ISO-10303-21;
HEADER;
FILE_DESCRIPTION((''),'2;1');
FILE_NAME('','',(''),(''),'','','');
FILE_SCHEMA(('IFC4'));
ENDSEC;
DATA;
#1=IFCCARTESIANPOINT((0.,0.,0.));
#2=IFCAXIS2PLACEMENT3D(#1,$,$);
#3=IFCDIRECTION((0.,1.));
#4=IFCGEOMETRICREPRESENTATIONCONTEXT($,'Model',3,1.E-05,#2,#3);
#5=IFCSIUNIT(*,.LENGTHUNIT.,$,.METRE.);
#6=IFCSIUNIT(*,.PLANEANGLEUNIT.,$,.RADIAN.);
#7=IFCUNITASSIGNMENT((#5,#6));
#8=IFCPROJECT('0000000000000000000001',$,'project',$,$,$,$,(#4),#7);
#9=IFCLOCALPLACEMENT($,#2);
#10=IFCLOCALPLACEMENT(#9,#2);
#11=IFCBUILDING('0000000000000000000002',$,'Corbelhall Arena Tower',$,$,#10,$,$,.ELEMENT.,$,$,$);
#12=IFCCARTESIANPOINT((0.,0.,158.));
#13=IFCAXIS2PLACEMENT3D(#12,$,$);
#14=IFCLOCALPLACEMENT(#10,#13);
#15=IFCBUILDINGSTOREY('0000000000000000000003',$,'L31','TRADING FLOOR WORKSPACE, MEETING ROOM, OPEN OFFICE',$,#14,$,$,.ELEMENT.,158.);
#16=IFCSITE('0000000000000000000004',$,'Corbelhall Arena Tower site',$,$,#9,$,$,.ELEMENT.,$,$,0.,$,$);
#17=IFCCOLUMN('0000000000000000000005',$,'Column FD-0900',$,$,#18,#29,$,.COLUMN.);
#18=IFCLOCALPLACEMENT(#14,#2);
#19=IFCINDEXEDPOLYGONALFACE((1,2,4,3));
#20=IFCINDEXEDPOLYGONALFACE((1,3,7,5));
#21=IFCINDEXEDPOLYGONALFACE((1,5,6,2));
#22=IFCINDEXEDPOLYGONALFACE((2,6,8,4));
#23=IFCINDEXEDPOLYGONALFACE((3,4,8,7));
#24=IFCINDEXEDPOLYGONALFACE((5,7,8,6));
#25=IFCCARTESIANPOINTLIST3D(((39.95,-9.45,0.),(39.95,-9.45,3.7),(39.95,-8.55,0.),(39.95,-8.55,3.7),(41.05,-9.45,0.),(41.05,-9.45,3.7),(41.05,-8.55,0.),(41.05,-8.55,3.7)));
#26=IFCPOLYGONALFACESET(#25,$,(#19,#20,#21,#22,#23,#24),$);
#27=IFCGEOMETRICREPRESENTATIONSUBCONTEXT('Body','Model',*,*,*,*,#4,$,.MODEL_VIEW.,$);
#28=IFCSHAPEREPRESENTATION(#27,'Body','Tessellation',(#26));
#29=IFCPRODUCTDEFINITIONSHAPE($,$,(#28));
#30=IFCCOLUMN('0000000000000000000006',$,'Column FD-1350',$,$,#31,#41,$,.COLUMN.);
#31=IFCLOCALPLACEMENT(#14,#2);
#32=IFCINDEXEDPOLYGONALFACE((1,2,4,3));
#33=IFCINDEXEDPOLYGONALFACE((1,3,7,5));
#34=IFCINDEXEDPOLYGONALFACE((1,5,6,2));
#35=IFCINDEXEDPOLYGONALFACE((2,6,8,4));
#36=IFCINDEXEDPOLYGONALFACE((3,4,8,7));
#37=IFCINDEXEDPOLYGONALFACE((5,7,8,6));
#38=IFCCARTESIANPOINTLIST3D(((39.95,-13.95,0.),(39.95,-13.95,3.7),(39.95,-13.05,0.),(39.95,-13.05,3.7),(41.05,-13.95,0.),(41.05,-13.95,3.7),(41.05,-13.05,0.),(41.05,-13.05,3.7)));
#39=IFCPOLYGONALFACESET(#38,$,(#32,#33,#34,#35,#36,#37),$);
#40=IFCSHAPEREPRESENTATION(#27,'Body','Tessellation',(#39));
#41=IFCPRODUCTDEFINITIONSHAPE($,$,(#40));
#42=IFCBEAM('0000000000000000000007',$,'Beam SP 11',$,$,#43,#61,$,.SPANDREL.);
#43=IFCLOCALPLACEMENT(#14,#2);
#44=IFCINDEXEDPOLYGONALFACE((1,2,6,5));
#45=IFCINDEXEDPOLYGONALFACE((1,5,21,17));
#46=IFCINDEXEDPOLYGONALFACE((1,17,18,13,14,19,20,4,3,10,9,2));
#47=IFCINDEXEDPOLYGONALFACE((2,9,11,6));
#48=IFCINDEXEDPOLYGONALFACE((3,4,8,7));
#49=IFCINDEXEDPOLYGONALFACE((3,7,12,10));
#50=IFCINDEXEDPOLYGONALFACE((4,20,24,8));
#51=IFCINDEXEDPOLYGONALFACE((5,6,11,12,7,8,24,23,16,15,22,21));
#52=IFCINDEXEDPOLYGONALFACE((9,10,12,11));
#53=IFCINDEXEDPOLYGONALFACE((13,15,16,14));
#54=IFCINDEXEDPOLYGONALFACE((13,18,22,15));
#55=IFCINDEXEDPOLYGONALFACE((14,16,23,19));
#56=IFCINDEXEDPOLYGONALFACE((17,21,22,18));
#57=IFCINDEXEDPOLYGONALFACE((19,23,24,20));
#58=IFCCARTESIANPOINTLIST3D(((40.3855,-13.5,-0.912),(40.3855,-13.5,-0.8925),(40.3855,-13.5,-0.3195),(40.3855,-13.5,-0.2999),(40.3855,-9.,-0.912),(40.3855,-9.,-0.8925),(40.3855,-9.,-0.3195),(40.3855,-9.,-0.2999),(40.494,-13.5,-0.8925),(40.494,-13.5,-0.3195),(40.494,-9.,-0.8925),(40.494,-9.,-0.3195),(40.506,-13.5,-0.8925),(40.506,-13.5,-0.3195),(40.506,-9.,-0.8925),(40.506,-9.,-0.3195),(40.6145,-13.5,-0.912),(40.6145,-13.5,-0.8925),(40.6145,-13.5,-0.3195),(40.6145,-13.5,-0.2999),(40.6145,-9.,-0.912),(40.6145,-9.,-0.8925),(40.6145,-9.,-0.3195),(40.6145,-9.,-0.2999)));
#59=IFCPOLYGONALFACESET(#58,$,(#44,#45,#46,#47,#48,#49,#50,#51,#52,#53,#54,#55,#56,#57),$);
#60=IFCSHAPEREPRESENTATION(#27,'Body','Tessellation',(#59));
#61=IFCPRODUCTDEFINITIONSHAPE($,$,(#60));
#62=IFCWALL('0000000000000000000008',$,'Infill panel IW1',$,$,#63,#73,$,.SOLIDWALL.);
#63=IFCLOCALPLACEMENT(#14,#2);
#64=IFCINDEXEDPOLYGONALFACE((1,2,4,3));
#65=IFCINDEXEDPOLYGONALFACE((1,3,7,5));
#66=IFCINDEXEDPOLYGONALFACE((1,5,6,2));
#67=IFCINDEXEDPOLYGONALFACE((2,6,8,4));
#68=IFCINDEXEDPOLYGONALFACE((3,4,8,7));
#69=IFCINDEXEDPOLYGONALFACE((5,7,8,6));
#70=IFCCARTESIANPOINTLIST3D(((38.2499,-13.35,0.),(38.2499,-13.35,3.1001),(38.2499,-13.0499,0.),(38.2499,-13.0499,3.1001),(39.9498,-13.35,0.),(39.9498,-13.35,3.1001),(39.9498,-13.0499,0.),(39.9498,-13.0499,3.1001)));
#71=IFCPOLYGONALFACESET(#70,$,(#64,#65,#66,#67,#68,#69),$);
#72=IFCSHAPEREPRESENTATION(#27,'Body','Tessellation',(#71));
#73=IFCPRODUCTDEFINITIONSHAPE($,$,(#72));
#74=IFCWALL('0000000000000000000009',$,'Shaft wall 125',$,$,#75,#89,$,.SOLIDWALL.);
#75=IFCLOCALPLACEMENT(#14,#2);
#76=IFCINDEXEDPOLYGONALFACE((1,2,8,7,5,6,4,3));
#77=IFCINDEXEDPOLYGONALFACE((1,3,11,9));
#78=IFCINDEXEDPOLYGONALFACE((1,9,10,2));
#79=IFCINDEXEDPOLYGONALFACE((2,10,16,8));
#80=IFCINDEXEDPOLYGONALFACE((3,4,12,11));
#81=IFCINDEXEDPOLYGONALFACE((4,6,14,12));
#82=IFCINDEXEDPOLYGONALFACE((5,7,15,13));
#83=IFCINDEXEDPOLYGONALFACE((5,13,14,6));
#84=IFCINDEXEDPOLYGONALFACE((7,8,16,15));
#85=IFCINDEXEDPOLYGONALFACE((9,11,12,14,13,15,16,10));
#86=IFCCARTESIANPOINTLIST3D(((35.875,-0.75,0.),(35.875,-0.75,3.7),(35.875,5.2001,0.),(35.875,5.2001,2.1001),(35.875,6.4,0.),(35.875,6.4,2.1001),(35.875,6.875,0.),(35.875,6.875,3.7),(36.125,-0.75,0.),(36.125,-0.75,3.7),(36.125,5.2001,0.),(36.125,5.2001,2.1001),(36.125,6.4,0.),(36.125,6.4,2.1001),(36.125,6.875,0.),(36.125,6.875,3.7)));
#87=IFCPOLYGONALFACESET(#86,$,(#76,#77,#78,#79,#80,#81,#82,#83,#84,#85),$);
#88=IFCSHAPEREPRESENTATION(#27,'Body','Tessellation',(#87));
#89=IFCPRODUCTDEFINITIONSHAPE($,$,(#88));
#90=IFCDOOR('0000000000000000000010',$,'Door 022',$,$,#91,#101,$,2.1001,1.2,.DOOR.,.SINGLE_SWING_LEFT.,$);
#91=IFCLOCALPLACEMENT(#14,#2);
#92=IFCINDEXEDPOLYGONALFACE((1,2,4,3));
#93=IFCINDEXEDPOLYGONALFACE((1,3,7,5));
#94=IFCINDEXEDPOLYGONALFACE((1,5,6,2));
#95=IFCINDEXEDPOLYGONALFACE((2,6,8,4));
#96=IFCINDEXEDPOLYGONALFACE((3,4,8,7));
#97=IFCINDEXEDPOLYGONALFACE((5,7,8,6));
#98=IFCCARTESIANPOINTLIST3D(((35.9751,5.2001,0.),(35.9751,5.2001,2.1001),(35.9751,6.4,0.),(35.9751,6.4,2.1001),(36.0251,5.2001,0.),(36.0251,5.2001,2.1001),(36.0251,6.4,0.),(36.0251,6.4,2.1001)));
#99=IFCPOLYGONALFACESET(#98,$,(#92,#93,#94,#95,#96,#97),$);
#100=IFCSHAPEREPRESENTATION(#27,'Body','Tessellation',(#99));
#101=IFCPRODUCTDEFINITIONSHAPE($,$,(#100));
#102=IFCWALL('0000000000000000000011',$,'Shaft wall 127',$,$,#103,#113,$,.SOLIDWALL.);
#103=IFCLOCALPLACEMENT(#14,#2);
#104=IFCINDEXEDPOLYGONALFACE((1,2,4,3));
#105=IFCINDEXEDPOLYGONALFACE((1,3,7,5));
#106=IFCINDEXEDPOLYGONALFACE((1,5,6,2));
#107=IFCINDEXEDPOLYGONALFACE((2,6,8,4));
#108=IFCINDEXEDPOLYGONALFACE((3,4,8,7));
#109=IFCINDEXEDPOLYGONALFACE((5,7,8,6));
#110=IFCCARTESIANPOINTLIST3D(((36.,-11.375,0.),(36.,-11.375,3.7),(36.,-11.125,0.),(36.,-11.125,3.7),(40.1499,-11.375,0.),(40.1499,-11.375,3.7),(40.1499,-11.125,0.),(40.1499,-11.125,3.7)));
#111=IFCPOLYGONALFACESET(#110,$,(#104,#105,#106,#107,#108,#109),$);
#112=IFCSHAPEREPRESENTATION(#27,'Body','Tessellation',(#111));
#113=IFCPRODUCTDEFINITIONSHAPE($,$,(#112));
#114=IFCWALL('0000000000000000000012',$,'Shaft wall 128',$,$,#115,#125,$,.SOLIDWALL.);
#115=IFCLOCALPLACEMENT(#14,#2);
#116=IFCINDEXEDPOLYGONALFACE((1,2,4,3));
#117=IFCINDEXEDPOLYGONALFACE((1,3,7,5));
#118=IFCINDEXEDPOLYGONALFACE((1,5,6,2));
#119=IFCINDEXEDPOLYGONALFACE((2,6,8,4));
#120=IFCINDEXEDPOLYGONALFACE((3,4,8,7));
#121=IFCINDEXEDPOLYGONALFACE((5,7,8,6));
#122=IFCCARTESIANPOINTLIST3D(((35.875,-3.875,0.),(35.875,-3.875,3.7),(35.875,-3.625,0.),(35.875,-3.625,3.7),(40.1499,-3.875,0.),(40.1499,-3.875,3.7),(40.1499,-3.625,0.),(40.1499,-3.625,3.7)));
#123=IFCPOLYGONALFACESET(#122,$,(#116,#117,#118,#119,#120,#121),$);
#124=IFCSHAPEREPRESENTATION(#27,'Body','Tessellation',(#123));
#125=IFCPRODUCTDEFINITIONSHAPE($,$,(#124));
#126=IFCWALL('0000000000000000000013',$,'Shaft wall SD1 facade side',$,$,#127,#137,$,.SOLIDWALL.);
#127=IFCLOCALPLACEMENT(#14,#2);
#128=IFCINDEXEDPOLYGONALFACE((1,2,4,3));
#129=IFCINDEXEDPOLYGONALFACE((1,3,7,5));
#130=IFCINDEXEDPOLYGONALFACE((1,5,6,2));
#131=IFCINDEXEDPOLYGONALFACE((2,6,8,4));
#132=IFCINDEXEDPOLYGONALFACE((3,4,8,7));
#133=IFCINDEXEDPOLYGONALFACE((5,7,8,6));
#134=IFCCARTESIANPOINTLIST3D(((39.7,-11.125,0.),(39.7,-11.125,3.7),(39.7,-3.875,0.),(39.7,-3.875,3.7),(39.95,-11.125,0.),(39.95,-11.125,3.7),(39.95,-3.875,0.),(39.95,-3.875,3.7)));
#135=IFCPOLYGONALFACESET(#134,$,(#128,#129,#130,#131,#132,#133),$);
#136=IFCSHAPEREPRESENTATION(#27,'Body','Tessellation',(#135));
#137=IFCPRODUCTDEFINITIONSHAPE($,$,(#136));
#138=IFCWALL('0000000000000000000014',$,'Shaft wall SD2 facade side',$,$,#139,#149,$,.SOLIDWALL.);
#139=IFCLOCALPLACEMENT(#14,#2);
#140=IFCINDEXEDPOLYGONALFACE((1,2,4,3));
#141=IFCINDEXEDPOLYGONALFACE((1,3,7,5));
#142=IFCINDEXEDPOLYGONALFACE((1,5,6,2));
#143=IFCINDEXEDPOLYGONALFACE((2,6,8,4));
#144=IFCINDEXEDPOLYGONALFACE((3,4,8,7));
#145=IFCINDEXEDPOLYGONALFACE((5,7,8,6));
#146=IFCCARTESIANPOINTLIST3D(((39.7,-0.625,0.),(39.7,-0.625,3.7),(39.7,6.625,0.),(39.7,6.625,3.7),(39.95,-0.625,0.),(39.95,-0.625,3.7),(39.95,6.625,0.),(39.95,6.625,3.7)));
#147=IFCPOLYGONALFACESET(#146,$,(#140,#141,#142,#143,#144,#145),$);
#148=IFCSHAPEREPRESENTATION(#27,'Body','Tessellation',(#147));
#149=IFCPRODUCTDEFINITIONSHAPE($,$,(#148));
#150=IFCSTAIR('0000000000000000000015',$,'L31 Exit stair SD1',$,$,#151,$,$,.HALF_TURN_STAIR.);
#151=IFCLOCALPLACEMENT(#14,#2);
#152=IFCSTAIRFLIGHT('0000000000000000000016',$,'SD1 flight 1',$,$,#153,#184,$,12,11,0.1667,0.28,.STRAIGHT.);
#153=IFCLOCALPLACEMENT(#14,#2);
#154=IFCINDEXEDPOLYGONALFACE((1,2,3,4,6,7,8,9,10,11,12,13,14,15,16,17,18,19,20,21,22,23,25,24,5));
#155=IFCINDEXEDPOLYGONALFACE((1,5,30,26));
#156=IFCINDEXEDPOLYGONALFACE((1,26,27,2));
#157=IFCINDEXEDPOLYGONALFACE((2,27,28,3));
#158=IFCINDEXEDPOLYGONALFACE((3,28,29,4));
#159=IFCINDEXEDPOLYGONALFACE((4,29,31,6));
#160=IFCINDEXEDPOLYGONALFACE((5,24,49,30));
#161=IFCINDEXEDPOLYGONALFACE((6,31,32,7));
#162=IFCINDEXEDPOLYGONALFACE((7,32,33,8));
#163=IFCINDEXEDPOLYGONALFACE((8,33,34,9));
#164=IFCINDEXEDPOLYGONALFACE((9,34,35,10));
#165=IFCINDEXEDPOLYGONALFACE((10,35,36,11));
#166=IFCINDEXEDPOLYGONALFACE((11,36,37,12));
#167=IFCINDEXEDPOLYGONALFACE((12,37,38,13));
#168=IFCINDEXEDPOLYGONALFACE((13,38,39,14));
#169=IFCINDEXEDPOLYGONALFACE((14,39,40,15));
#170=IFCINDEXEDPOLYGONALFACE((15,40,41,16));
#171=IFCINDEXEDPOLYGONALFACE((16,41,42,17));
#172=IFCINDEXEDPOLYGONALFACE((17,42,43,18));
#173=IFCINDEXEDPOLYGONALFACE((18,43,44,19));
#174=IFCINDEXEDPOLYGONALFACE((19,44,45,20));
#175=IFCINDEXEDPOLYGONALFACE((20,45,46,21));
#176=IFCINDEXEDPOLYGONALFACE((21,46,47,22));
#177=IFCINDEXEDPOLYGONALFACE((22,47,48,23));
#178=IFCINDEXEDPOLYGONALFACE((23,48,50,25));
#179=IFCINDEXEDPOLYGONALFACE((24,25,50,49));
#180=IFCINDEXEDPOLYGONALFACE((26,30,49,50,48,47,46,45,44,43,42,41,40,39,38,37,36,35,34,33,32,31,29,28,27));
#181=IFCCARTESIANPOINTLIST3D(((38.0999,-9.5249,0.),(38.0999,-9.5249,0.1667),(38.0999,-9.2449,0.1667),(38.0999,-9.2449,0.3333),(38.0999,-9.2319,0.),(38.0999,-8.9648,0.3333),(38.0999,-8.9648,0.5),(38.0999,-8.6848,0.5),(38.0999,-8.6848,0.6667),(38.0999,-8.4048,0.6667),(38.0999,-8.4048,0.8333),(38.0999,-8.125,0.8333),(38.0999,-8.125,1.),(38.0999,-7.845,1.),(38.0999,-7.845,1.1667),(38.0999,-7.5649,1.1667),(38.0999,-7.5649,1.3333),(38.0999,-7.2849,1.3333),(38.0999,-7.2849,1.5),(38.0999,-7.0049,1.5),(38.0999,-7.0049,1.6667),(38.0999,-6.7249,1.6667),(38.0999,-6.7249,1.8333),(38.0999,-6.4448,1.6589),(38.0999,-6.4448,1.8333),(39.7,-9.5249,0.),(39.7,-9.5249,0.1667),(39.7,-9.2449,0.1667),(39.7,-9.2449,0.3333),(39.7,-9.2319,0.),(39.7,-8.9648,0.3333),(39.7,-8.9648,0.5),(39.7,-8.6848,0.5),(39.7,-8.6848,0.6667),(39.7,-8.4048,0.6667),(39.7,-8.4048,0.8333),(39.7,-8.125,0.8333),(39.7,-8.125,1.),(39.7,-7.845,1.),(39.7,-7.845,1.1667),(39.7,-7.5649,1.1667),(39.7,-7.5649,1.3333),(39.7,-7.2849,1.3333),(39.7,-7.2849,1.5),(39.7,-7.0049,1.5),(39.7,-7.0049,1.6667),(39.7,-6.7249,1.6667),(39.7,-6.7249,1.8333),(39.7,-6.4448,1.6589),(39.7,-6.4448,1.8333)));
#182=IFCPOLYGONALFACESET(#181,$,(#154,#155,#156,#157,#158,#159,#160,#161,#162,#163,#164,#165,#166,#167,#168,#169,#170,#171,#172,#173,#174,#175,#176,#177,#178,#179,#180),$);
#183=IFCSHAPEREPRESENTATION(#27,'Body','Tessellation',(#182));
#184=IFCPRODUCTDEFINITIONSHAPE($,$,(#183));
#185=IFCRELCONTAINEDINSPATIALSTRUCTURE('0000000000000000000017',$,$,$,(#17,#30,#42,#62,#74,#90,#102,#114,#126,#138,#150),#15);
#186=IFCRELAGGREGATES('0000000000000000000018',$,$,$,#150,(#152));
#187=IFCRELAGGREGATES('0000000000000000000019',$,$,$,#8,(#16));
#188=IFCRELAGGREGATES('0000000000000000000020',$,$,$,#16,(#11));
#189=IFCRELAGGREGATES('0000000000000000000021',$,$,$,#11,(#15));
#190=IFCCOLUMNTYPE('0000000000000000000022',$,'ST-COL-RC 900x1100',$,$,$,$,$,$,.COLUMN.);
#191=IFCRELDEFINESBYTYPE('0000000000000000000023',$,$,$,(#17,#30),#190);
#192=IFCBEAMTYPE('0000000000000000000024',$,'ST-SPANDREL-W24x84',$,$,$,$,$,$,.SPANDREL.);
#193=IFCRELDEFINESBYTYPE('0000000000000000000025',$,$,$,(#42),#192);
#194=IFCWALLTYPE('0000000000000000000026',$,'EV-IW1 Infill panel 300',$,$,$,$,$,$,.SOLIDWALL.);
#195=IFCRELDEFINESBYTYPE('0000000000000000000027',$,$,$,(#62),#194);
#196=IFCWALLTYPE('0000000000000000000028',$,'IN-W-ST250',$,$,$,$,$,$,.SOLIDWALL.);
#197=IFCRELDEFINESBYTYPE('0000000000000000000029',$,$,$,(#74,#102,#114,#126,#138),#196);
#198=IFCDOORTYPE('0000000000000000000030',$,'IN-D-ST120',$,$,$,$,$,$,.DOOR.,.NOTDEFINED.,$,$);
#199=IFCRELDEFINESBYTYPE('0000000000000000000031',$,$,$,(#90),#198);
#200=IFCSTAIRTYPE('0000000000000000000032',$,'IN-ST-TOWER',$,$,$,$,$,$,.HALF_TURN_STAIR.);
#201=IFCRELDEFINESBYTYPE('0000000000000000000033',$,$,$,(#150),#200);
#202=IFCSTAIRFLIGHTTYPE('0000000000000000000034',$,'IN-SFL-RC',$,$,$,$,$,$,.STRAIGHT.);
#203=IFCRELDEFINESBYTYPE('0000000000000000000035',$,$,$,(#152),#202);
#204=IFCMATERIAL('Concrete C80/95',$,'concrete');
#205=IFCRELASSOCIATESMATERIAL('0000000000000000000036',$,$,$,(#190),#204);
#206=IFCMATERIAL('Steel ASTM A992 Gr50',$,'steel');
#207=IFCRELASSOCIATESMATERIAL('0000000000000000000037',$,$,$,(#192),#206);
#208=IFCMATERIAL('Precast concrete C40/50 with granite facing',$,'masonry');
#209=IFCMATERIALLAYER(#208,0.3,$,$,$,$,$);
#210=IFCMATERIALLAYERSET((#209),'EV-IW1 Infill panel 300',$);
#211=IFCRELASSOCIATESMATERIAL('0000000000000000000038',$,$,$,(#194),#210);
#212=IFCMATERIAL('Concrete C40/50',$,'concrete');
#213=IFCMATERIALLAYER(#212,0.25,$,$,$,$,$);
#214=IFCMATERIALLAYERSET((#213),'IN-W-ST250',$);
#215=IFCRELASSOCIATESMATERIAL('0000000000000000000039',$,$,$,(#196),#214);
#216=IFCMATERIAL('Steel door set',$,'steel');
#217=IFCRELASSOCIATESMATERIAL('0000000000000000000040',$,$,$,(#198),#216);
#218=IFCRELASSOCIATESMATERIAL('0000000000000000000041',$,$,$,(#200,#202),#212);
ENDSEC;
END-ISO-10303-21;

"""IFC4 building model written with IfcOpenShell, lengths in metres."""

from ifc_helpers import new_model, si_unit, direction, frame, frame_2d, origin, origin_2d, place, context, subcontext, project, spatial, polyline, rectangle, i_section, outline, extrude, material, layer, layer_set, material_profile, profile_set, type_object, element, fill, aggregate, save


model = new_model("IFC4")

# Units and contexts
model_context = context("Model", 3, precision=1e-05, world=origin(), true_north=direction((0.0, 1.0)))
body_context = subcontext(model_context, "Body", "Model", "MODEL_VIEW")
ifc_project = project(units=[si_unit("LENGTHUNIT", "METRE"), si_unit("PLANEANGLEUNIT", "RADIAN")], contexts=[model_context])

# Site, building, storey
site_placement = place(None, origin())
site = spatial("IfcSite", under=ifc_project, at=site_placement, Name="Corbelhall Arena Tower site", CompositionType="ELEMENT", RefElevation=0.0)
building_placement = place(site_placement, origin())
building = spatial("IfcBuilding", under=site, at=building_placement, Name="Corbelhall Arena Tower", CompositionType="ELEMENT")
storey_placement = place(building_placement, frame((0.0, 0.0, 158.0)))
storey = spatial("IfcBuildingStorey", under=building, at=storey_placement, Name="L31", Description="TRADING FLOOR WORKSPACE, MEETING ROOM, OPEN OFFICE", CompositionType="ELEMENT", Elevation=158.0)

# Columns
ifc_material_1 = material(Name="Concrete C80/95", Category="concrete")
ifc_material_profile_1 = material_profile(ifc_material_1, rectangle(XDim=0.8999, YDim=1.1001, at=origin_2d()))
ifc_profile_set_1 = profile_set([ifc_material_profile_1], Name="Concrete C80/95")
column_type = type_object("IfcColumnType", Name="ST-COL-RC 900x1100", PredefinedType="COLUMN", material=ifc_profile_set_1)
for number, where, z_axis, x_axis, name in (
    (1, (40.5, -9.0, 0.0), (0.0, 0.0, 1.0), (0.0, 1.0, 0.0), "Column FD-0900"),
    (2, (40.5, -13.5, 0.0), (0.0, 0.0, 1.0), (0.0, 1.0, 0.0), "Column FD-1350"),
):
    element("IfcColumn", number, at=place(storey_placement, frame(where, z_axis=z_axis, x_axis=x_axis)), inside=storey, type_object=column_type, Name=name, PredefinedType="COLUMN", context=body_context, shape_type="SweptSolid", body=[
        extrude(rectangle(XDim=0.8999, YDim=1.1001, at=origin_2d()), origin(), (0.0, 0.0, 1.0), 3.7),
    ])

# Beam
ifc_material_2 = material(Name="Steel ASTM A992 Gr50", Category="steel")
ifc_material_profile_2 = material_profile(ifc_material_2, i_section(OverallWidth=0.229, OverallDepth=0.6121, WebThickness=0.012, FlangeThickness=0.0195, at=origin_2d()))
ifc_profile_set_2 = profile_set([ifc_material_profile_2], Name="Steel ASTM A992 Gr50")
beam_type = type_object("IfcBeamType", Name="ST-SPANDREL-W24x84", PredefinedType="SPANDREL", material=ifc_profile_set_2)
beam_placement = place(storey_placement, frame((40.5, -9.0, -0.606), z_axis=(0.0, -1.0, 0.0), x_axis=(1.0, 0.0, 0.0)))
element("IfcBeam", 3, at=beam_placement, inside=storey, type_object=beam_type, Name="Beam SP 11", PredefinedType="SPANDREL", context=body_context, shape_type="SweptSolid", body=[
    extrude(i_section(OverallWidth=0.229, OverallDepth=0.6121, WebThickness=0.012, FlangeThickness=0.0195, at=origin_2d()), origin(), (0.0, 0.0, 1.0), 4.5),
])

# Wall
ifc_material_3 = material(Name="Precast concrete C40/50 with granite facing", Category="masonry")
ifc_layer_1 = layer(ifc_material_3, 0.3)
ifc_layer_set_1 = layer_set([ifc_layer_1], Name="EV-IW1 Infill panel 300")
wall_type_1 = type_object("IfcWallType", Name="EV-IW1 Infill panel 300", PredefinedType="SOLIDWALL", material=ifc_layer_set_1)
wall_1_placement = place(storey_placement, frame((39.95, -13.2, 0.0), z_axis=(0.0, 0.0, 1.0), x_axis=(-1.0, 0.0, 0.0)))
element("IfcWall", 4, at=wall_1_placement, inside=storey, type_object=wall_type_1, Name="Infill panel IW1", PredefinedType="SOLIDWALL", context=body_context, shape_type="SweptSolid", body=[
    extrude(rectangle(XDim=1.7, YDim=0.3, at=frame_2d((0.8501, 0.0))), origin(), (0.0, 0.0, 1.0), 3.1001),
])

# Wall, opening, door
ifc_material_4 = material(Name="Concrete C40/50", Category="concrete")
ifc_layer_2 = layer(ifc_material_4, 0.25)
ifc_layer_set_2 = layer_set([ifc_layer_2], Name="IN-W-ST250")
wall_type_2 = type_object("IfcWallType", Name="IN-W-ST250", PredefinedType="SOLIDWALL", material=ifc_layer_set_2)
wall_2_placement = place(storey_placement, frame((36.0, -0.75, 0.0), z_axis=(0.0, 0.0, 1.0), x_axis=(0.0, 1.0, 0.0)))
wall_2 = element("IfcWall", 5, at=wall_2_placement, inside=storey, type_object=wall_type_2, Name="Shaft wall 125", PredefinedType="SOLIDWALL", context=body_context, shape_type="SweptSolid", body=[
    extrude(rectangle(XDim=7.625, YDim=0.25, at=frame_2d((3.8125, 0.0))), origin(), (0.0, 0.0, 1.0), 3.7),
])
opening_1_placement = place(wall_2_placement, frame((5.95, 0.0, 0.0)))
opening_1 = element("IfcOpeningElement", 6, at=opening_1_placement, cuts=wall_2, PredefinedType="OPENING", context=body_context, shape_type="SweptSolid", body=[
    extrude(rectangle(XDim=1.2, YDim=2.1001, at=frame_2d((0.6001, 1.05))), frame((0.0, 0.125, 0.0), z_axis=(0.0, -1.0, 0.0), x_axis=(1.0, 0.0, 0.0)), (0.0, 0.0, 1.0), 0.25),
])
ifc_material_5 = material(Name="Steel door set", Category="steel")
door_type = type_object("IfcDoorType", Name="IN-D-ST120", OperationType="NOTDEFINED", PredefinedType="DOOR", material=ifc_material_5)
door_placement = place(opening_1_placement, origin())
door = element("IfcDoor", 7, at=door_placement, inside=storey, type_object=door_type, Name="Door 022", OperationType="SINGLE_SWING_LEFT", OverallHeight=2.1001, OverallWidth=1.2, PredefinedType="DOOR", context=body_context, shape_type="SweptSolid", body=[
    extrude(rectangle(XDim=1.2, YDim=2.1001, at=frame_2d((0.6001, 1.05))), frame((0.0, 0.0249, 0.0), z_axis=(0.0, -1.0, 0.0), x_axis=(1.0, 0.0, 0.0)), (0.0, 0.0, 1.0), 0.05),
])
fill(opening_1, door)

# Walls
wall_3_placement = place(storey_placement, frame((40.1499, -11.25, 0.0), z_axis=(0.0, 0.0, 1.0), x_axis=(-1.0, 0.0, 0.0)))
element("IfcWall", 8, at=wall_3_placement, inside=storey, type_object=wall_type_2, Name="Shaft wall 127", PredefinedType="SOLIDWALL", context=body_context, shape_type="SweptSolid", body=[
    extrude(rectangle(XDim=4.1499, YDim=0.25, at=frame_2d((2.075, 0.0))), origin(), (0.0, 0.0, 1.0), 3.7),
])
wall_4_placement = place(storey_placement, frame((40.1499, -3.75, 0.0), z_axis=(0.0, 0.0, 1.0), x_axis=(-1.0, 0.0, 0.0)))
element("IfcWall", 9, at=wall_4_placement, inside=storey, type_object=wall_type_2, Name="Shaft wall 128", PredefinedType="SOLIDWALL", context=body_context, shape_type="SweptSolid", body=[
    extrude(rectangle(XDim=4.2749, YDim=0.25, at=frame_2d((2.1375, 0.0))), origin(), (0.0, 0.0, 1.0), 3.7),
])
for number, where, z_axis, x_axis, name in (
    (10, (39.825, -11.125, 0.0), (0.0, 0.0, 1.0), (0.0, 1.0, 0.0), "Shaft wall SD1 facade side"),
    (11, (39.825, -0.625, 0.0), (0.0, 0.0, 1.0), (0.0, 1.0, 0.0), "Shaft wall SD2 facade side"),
):
    element("IfcWall", number, at=place(storey_placement, frame(where, z_axis=z_axis, x_axis=x_axis)), inside=storey, type_object=wall_type_2, Name=name, PredefinedType="SOLIDWALL", context=body_context, shape_type="SweptSolid", body=[
        extrude(rectangle(XDim=7.25, YDim=0.25, at=frame_2d((3.625, 0.0))), origin(), (0.0, 0.0, 1.0), 3.7),
    ])

# Stair, stair flight
stair_type = type_object("IfcStairType", Name="IN-ST-TOWER", PredefinedType="HALF_TURN_STAIR", material=ifc_material_4)
stair_placement = place(storey_placement, origin())
stair = element("IfcStair", 12, at=stair_placement, inside=storey, type_object=stair_type, Name="L31 Exit stair SD1", PredefinedType="HALF_TURN_STAIR")
stair_flight_type = type_object("IfcStairFlightType", Name="IN-SFL-RC", PredefinedType="STRAIGHT", material=ifc_material_4)
stair_flight_1_placement = place(storey_placement, frame((38.8999, -9.5249, 0.0), z_axis=(0.0, 0.0, 1.0), x_axis=(0.0, 1.0, 0.0)))
stair_flight_1 = element("IfcStairFlight", 13, at=stair_flight_1_placement, type_object=stair_flight_type, Name="SD1 flight 1", NumberOfRisers=12, NumberOfTreads=11, PredefinedType="STRAIGHT", RiserHeight=0.1667, TreadLength=0.28, context=body_context, shape_type="SweptSolid", body=[
    extrude(outline(polyline([(0.0, 0.0), (0.0, 0.1667), (0.28, 0.1667), (0.28, 0.3333), (0.5601, 0.3333), (0.5601, 0.5), (0.8401, 0.5), (0.8401, 0.6667), (1.1201, 0.6667), (1.1201, 0.8333), (1.3999, 0.8333), (1.3999, 1.0), (1.6799, 1.0), (1.6799, 1.1667), (1.96, 1.1667), (1.96, 1.3333), (2.24, 1.3333), (2.24, 1.5), (2.52, 1.5), (2.52, 1.6667), (2.8, 1.6667), (2.8, 1.8333), (3.0801, 1.8333), (3.0801, 2.0), (3.0801, 1.6589), (0.293, 0.0), (0.0, 0.0)])), frame((0.0, 0.8, 0.0), z_axis=(0.0, -1.0, 0.0), x_axis=(1.0, 0.0, 0.0)), (0.0, 0.0, 1.0), 1.6001),
])
aggregate(stair, [stair_flight_1])

save(model, "model.ifc")
